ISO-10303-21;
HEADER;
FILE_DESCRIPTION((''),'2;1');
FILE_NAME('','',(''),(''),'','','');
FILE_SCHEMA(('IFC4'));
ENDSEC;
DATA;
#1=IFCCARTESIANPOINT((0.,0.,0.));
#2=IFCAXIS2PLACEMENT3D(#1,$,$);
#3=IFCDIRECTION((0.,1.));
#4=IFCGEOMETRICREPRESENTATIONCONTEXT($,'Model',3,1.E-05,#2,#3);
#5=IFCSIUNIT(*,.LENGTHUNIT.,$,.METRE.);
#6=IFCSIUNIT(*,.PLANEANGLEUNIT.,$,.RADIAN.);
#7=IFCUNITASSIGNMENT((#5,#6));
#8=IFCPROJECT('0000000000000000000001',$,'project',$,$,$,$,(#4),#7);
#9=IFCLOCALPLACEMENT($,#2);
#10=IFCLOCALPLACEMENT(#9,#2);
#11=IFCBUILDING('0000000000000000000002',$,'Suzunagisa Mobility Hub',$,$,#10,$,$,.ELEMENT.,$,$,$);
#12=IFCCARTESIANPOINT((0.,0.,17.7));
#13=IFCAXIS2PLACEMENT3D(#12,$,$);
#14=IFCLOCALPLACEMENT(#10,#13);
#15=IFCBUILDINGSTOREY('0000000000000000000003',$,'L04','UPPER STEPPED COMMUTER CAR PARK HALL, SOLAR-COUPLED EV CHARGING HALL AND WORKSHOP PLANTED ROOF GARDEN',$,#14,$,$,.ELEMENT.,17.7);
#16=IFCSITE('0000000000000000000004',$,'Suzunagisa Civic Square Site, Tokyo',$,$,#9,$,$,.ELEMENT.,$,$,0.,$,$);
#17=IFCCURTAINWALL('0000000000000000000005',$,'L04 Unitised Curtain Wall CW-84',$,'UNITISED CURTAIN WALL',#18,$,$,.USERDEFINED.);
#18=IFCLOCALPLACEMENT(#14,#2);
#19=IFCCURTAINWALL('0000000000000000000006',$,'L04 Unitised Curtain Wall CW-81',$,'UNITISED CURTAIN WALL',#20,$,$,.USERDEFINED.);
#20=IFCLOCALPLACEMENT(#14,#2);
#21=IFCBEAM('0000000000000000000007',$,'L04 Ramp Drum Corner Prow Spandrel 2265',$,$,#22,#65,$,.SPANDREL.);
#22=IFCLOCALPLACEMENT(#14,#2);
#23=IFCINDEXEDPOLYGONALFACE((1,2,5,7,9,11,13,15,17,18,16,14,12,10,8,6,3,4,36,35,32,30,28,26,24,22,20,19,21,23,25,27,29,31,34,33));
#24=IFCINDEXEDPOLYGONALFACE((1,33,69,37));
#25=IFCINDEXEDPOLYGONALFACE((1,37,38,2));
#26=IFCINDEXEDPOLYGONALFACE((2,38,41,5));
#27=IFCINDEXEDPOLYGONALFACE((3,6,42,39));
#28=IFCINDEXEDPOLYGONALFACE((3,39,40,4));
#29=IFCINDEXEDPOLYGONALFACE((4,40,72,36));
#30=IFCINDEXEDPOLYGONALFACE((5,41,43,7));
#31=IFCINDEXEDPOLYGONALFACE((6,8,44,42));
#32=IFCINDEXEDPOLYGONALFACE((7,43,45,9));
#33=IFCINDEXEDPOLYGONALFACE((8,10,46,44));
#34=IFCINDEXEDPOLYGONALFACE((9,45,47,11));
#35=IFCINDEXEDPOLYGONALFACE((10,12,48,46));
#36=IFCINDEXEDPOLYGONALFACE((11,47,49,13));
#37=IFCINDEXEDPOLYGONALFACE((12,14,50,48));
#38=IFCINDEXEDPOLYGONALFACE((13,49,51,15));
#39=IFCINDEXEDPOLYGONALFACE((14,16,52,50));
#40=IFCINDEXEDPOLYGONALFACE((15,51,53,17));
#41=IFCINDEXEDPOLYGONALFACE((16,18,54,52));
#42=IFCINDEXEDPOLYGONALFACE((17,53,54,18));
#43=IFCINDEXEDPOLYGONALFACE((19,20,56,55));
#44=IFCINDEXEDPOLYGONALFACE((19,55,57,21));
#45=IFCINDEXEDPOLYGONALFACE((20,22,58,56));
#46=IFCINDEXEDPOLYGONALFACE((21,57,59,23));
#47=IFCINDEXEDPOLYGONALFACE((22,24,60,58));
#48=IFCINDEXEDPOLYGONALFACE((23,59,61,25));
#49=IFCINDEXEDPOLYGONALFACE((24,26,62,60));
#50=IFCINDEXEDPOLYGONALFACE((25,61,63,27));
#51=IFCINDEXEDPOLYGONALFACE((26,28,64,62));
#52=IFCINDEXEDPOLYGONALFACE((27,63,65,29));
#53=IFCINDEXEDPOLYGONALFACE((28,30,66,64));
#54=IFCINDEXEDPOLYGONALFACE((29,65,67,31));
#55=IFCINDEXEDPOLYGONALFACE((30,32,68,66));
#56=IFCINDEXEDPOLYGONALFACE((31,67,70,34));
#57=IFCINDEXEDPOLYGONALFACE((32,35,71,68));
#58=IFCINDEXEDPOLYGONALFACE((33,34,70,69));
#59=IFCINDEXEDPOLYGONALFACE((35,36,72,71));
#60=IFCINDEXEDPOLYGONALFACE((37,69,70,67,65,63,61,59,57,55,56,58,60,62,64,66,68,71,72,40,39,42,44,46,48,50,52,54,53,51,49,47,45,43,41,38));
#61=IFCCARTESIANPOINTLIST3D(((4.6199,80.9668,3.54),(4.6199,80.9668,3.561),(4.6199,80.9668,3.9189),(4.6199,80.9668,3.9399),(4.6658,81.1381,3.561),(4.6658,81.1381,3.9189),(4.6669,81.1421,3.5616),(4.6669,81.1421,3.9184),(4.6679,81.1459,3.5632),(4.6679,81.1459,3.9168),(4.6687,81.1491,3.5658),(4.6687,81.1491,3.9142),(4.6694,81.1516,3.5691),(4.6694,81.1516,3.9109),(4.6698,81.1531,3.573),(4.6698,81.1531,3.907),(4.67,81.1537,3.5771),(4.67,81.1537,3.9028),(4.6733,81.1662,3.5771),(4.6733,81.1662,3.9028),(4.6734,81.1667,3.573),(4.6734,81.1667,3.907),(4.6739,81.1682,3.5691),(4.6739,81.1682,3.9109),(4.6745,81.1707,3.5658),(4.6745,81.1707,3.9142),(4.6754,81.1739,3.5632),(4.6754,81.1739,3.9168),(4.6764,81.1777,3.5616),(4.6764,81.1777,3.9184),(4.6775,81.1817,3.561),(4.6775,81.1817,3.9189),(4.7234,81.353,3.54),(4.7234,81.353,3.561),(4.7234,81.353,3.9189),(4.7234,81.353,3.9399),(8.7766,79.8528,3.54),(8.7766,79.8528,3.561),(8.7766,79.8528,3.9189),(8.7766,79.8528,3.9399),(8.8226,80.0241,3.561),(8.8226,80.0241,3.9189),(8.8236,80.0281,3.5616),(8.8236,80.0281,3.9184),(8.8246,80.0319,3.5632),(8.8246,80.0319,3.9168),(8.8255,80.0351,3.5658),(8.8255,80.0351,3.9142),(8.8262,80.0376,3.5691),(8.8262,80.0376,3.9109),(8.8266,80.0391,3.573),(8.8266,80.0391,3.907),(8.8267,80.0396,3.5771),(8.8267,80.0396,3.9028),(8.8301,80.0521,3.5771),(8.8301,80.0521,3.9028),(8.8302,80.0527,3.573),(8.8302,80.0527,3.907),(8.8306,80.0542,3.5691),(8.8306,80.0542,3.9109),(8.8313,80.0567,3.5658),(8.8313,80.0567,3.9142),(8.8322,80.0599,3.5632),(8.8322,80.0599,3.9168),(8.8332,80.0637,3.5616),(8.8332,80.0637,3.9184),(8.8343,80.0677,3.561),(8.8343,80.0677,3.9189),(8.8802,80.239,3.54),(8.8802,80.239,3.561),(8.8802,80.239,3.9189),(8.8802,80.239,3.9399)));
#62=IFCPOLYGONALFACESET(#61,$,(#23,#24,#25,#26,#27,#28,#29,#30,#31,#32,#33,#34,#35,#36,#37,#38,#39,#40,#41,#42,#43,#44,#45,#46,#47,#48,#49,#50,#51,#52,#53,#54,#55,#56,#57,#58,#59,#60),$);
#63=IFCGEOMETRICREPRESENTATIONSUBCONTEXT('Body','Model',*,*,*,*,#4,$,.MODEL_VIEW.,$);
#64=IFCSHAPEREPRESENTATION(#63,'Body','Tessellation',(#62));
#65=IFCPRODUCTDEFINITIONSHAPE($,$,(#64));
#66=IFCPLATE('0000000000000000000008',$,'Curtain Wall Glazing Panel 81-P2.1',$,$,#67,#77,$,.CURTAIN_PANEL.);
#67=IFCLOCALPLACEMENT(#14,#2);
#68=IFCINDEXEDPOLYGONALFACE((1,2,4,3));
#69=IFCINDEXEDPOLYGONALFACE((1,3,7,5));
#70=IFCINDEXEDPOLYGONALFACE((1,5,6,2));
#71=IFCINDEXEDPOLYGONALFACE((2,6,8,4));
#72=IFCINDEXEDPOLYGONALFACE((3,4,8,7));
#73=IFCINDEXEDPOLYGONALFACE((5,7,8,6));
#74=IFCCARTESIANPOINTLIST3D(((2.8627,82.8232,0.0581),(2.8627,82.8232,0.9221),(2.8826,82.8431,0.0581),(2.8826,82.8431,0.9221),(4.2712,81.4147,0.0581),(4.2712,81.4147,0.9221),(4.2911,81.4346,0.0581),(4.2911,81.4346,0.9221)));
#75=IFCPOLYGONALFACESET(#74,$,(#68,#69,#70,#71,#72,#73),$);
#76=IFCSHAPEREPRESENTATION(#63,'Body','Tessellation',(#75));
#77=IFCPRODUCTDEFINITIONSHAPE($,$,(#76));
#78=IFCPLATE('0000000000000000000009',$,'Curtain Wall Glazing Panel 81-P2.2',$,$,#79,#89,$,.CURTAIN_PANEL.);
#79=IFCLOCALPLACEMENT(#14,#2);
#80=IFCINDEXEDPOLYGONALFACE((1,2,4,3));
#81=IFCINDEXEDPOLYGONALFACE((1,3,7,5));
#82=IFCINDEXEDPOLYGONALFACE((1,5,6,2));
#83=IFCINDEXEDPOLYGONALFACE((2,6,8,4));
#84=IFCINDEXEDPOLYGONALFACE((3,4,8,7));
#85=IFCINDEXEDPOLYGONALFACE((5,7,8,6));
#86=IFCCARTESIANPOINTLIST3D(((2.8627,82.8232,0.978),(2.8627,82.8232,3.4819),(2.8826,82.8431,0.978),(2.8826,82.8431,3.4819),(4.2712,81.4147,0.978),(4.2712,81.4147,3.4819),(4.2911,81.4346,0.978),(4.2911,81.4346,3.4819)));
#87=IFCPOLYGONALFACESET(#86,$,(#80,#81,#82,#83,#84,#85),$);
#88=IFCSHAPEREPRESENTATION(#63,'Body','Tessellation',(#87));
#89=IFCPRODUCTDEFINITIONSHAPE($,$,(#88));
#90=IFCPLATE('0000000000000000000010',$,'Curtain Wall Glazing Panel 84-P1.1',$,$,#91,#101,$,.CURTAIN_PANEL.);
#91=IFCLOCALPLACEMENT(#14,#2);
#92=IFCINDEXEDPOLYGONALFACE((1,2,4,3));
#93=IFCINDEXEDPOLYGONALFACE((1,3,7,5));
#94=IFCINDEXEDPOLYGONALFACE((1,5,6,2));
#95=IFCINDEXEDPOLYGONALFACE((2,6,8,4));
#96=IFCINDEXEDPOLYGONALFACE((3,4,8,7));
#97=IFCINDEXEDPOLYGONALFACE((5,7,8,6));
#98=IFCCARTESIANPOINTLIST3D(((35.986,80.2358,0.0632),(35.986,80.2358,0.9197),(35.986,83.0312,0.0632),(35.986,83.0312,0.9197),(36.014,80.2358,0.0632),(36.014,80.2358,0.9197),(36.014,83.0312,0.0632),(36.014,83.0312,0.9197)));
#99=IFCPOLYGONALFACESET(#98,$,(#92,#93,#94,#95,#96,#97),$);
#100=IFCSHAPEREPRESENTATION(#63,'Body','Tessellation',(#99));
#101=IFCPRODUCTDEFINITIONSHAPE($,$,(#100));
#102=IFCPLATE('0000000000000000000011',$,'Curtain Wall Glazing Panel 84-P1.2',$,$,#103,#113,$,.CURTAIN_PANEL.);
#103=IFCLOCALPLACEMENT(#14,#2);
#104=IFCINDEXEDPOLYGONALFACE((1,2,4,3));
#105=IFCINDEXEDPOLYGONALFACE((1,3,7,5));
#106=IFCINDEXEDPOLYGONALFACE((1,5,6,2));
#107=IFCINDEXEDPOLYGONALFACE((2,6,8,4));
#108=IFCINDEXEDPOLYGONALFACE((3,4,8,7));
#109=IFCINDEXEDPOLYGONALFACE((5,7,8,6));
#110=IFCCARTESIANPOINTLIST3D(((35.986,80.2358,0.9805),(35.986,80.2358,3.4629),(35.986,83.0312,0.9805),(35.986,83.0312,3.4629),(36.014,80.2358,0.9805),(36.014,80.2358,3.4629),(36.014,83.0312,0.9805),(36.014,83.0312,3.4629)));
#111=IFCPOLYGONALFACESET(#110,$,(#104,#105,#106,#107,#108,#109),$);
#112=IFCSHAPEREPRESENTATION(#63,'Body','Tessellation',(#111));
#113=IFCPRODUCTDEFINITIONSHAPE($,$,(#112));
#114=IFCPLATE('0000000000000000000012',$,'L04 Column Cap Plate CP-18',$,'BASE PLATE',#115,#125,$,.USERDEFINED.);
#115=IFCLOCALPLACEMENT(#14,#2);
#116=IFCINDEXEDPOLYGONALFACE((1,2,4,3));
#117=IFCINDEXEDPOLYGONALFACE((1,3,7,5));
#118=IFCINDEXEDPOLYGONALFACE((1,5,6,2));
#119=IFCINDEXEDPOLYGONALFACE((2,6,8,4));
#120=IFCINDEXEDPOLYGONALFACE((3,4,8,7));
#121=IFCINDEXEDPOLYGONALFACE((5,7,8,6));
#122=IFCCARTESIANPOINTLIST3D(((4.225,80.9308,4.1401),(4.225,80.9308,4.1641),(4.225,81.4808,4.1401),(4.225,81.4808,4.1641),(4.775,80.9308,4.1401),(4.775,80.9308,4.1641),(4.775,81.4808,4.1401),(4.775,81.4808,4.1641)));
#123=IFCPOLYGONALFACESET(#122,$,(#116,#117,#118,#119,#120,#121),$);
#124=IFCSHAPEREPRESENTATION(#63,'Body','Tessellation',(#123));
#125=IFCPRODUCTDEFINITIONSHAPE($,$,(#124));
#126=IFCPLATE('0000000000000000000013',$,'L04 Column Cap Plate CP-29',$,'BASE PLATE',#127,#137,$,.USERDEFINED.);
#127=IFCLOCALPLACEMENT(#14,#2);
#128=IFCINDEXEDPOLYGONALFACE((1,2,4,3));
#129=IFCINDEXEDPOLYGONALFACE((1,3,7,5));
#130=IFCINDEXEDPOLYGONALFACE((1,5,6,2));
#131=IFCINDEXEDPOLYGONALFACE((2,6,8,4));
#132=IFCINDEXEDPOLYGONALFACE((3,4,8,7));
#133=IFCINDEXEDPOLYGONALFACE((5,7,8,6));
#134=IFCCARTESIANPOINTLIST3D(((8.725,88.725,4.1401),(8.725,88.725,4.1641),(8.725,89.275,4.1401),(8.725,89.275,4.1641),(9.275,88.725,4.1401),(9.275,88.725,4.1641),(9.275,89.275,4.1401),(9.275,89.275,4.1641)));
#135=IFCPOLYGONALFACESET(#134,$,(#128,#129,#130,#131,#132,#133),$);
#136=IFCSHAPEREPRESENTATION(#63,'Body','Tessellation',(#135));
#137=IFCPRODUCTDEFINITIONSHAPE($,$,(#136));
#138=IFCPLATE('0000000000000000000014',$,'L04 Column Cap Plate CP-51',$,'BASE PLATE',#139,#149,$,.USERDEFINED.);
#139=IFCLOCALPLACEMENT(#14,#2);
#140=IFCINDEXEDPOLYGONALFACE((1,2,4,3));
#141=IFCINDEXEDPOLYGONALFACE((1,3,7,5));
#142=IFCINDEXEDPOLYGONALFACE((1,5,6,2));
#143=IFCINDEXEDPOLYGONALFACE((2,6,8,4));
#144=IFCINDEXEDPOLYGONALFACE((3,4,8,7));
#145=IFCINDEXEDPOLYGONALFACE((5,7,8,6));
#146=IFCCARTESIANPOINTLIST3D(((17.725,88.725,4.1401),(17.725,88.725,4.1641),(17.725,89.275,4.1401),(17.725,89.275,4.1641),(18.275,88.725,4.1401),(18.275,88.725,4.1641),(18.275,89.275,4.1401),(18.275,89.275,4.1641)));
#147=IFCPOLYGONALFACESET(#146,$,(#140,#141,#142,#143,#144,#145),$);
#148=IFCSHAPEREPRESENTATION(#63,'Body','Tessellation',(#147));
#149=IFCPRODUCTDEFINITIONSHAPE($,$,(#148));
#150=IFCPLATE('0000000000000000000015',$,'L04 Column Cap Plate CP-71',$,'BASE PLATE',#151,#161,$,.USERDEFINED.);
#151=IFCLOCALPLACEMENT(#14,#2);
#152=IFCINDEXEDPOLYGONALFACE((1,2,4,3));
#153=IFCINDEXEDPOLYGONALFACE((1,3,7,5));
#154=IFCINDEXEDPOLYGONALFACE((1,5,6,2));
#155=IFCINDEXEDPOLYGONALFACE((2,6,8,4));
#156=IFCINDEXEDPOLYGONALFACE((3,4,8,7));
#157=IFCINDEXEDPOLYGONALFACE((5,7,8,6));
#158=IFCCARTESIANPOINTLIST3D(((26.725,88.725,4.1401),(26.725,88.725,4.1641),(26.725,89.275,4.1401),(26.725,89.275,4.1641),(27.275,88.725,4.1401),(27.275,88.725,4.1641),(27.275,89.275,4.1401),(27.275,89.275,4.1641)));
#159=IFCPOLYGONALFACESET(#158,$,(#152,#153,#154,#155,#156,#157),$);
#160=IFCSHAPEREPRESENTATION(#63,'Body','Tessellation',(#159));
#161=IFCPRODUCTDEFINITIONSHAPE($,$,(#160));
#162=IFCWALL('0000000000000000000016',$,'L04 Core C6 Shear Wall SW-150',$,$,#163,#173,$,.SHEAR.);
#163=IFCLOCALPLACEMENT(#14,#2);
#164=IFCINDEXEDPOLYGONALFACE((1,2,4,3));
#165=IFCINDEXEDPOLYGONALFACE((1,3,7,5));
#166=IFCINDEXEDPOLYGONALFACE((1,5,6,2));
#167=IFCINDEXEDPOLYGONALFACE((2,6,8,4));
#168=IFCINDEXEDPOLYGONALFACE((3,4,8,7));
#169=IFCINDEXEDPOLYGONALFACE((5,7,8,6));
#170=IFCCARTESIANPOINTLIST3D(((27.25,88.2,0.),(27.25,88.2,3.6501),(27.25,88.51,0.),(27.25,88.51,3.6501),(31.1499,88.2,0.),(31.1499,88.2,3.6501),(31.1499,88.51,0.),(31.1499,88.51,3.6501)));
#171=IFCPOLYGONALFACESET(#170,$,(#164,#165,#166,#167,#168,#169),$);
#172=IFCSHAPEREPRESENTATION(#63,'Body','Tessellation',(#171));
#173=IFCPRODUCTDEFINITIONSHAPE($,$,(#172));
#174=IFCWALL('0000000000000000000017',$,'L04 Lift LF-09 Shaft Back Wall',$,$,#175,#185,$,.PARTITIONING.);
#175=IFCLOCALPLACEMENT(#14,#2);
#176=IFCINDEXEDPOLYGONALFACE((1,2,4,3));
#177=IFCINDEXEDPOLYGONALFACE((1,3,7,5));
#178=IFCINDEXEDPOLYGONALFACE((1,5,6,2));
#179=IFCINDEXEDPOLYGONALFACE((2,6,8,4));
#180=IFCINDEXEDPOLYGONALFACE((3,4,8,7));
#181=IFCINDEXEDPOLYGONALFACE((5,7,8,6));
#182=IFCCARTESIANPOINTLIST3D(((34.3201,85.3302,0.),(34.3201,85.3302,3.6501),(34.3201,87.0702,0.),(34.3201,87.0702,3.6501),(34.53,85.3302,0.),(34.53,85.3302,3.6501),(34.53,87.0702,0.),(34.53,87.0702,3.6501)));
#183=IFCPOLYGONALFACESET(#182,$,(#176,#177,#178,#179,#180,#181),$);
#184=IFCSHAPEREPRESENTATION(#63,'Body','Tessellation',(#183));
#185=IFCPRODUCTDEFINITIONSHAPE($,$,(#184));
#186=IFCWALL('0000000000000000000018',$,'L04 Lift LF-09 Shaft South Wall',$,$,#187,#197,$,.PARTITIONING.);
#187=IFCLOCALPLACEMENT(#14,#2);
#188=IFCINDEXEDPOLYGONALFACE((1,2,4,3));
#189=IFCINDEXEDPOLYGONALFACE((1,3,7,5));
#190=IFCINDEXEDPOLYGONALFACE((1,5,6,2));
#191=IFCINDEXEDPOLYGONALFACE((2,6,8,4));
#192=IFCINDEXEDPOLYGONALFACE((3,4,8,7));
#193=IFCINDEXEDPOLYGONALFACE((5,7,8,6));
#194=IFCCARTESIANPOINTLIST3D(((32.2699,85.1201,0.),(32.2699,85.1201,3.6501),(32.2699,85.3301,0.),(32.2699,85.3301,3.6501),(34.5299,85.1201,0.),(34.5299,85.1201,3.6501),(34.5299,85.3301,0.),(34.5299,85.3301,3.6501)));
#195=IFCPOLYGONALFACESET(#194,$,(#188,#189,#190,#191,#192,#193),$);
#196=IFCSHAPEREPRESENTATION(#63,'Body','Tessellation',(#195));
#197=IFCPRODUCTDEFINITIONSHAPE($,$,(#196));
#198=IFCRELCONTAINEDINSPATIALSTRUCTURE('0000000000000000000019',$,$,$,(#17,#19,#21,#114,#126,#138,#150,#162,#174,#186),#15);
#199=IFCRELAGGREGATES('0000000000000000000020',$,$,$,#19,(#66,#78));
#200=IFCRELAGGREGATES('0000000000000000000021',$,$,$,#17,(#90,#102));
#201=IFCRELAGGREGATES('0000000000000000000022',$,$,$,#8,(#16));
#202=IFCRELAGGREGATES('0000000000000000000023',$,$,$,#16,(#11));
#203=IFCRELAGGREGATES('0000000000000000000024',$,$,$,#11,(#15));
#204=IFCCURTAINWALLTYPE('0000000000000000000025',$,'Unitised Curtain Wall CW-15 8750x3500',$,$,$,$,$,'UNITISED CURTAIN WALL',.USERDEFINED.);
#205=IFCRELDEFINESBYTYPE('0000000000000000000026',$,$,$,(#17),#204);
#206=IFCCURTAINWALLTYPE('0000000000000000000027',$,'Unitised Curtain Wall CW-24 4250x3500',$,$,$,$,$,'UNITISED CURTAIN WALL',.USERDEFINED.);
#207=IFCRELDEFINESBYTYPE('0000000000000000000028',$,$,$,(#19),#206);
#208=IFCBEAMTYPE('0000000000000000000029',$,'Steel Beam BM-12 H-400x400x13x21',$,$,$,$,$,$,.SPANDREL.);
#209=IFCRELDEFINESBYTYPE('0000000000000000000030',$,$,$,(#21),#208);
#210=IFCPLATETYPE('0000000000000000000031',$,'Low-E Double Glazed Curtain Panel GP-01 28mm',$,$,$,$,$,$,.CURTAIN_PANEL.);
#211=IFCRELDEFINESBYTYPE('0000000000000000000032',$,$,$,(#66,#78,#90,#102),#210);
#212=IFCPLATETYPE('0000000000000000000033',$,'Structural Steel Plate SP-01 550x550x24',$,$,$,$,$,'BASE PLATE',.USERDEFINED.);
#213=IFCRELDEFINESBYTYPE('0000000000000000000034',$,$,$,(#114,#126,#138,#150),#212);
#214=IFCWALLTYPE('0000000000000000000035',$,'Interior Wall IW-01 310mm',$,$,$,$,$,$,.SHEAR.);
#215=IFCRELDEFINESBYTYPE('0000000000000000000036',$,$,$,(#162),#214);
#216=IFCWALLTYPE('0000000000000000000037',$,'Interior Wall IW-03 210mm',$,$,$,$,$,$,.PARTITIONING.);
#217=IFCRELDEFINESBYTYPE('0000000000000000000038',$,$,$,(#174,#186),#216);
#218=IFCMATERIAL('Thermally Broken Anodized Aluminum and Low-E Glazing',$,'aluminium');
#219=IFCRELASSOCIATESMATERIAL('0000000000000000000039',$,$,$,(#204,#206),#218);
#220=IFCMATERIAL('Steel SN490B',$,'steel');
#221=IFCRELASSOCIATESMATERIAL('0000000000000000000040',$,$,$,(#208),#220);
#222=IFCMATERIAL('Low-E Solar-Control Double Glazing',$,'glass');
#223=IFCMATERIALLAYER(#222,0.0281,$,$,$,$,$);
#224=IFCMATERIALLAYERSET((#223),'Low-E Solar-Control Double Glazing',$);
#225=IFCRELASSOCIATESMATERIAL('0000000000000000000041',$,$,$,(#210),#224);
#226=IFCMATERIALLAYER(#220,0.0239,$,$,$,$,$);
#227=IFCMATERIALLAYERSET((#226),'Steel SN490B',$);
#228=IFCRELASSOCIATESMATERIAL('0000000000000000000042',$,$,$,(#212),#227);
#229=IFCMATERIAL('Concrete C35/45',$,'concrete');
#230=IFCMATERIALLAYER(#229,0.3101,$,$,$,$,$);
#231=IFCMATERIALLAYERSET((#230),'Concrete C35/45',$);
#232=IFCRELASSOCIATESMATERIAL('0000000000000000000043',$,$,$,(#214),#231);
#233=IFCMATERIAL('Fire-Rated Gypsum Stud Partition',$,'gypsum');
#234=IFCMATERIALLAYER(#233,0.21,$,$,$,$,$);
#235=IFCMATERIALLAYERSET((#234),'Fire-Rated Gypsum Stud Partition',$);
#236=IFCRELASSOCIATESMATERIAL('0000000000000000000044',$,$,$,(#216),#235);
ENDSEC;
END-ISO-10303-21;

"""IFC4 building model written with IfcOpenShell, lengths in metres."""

from ifc_helpers import new_model, si_unit, direction, frame, frame_2d, origin, origin_2d, place, context, subcontext, project, spatial, rectangle, i_section, extrude, material, layer, layer_set, material_profile, profile_set, type_object, element, aggregate, save


model = new_model("IFC4")

# Units and contexts
model_context = context("Model", 3, precision=1e-05, world=origin(), true_north=direction((0.0, 1.0)))
body_context = subcontext(model_context, "Body", "Model", "MODEL_VIEW")
ifc_project = project(units=[si_unit("LENGTHUNIT", "METRE"), si_unit("PLANEANGLEUNIT", "RADIAN")], contexts=[model_context])

# Site, building, storey
site_placement = place(None, origin())
site = spatial("IfcSite", under=ifc_project, at=site_placement, Name="Suzunagisa Civic Square Site, Tokyo", CompositionType="ELEMENT", RefElevation=0.0)
building_placement = place(site_placement, origin())
building = spatial("IfcBuilding", under=site, at=building_placement, Name="Suzunagisa Mobility Hub", CompositionType="ELEMENT")
storey_placement = place(building_placement, frame((0.0, 0.0, 17.7)))
storey = spatial("IfcBuildingStorey", under=building, at=storey_placement, Name="L04", Description="UPPER STEPPED COMMUTER CAR PARK HALL, SOLAR-COUPLED EV CHARGING HALL AND WORKSHOP PLANTED ROOF GARDEN", CompositionType="ELEMENT", Elevation=17.7)

# Shared definitions
ifc_material_1 = material(Name="Steel SN490B", Category="steel")

# Curtain walls
ifc_material_2 = material(Name="Thermally Broken Anodized Aluminum and Low-E Glazing", Category="aluminium")
curtain_wall_type_1 = type_object("IfcCurtainWallType", Name="Unitised Curtain Wall CW-15 8750x3500", ElementType="UNITISED CURTAIN WALL", PredefinedType="USERDEFINED", material=ifc_material_2)
curtain_wall_1_placement = place(storey_placement, origin())
curtain_wall_1 = element("IfcCurtainWall", 1, at=curtain_wall_1_placement, inside=storey, type_object=curtain_wall_type_1, Name="L04 Unitised Curtain Wall CW-84", ObjectType="UNITISED CURTAIN WALL", PredefinedType="USERDEFINED")
curtain_wall_type_2 = type_object("IfcCurtainWallType", Name="Unitised Curtain Wall CW-24 4250x3500", ElementType="UNITISED CURTAIN WALL", PredefinedType="USERDEFINED", material=ifc_material_2)
curtain_wall_2_placement = place(storey_placement, origin())
curtain_wall_2 = element("IfcCurtainWall", 2, at=curtain_wall_2_placement, inside=storey, type_object=curtain_wall_type_2, Name="L04 Unitised Curtain Wall CW-81", ObjectType="UNITISED CURTAIN WALL", PredefinedType="USERDEFINED")

# Beam
ifc_material_profile_1 = material_profile(ifc_material_1, i_section(OverallWidth=0.3999, OverallDepth=0.3999, WebThickness=0.0129, FlangeThickness=0.021, FilletRadius=0.0161, at=origin_2d()), Name="H-400x400x13x21")
ifc_profile_set_1 = profile_set([ifc_material_profile_1], Name="Steel SN490B")
beam_type = type_object("IfcBeamType", Name="Steel Beam BM-12 H-400x400x13x21", PredefinedType="SPANDREL", material=ifc_profile_set_1)
beam_placement = place(storey_placement, frame((4.6716, 81.1599, 3.74), z_axis=(0.965913, -0.258867, 0.0), x_axis=(0.258867, 0.965913, 0.0)))
element("IfcBeam", 3, at=beam_placement, inside=storey, type_object=beam_type, Name="L04 Ramp Drum Corner Prow Spandrel 2265", PredefinedType="SPANDREL", context=body_context, shape_type="SweptSolid", body=[
    extrude(i_section(OverallWidth=0.3999, OverallDepth=0.3999, WebThickness=0.0129, FlangeThickness=0.021, FilletRadius=0.0161, at=origin_2d()), origin(), (0.0, 0.0, 1.0), 4.3035),
])

# Plates
ifc_material_3 = material(Name="Low-E Solar-Control Double Glazing", Category="glass")
ifc_layer_1 = layer(ifc_material_3, 0.0281)
ifc_layer_set_1 = layer_set([ifc_layer_1], Name="Low-E Solar-Control Double Glazing")
plate_type_1 = type_object("IfcPlateType", Name="Low-E Double Glazed Curtain Panel GP-01 28mm", PredefinedType="CURTAIN_PANEL", material=ifc_layer_set_1)
plate_1_placement = place(storey_placement, frame((3.5769, 82.1289, 0.0581), z_axis=(0.0, 0.0, 1.0), x_axis=(0.707107, -0.707107, 0.0)))
plate_1 = element("IfcPlate", 4, at=plate_1_placement, type_object=plate_type_1, Name="Curtain Wall Glazing Panel 81-P2.1", PredefinedType="CURTAIN_PANEL", context=body_context, shape_type="SweptSolid", body=[
    extrude(rectangle(XDim=1.9919, YDim=0.0281, at=origin_2d()), origin(), (0.0, 0.0, 1.0), 0.864),
])
plate_2_placement = place(storey_placement, frame((3.5769, 82.1289, 0.978), z_axis=(0.0, 0.0, 1.0), x_axis=(0.707107, -0.707107, 0.0)))
plate_2 = element("IfcPlate", 5, at=plate_2_placement, type_object=plate_type_1, Name="Curtain Wall Glazing Panel 81-P2.2", PredefinedType="CURTAIN_PANEL", context=body_context, shape_type="SweptSolid", body=[
    extrude(rectangle(XDim=1.9919, YDim=0.0281, at=origin_2d()), origin(), (0.0, 0.0, 1.0), 2.5039),
])
aggregate(curtain_wall_2, [plate_1, plate_2])
plate_3_placement = place(storey_placement, frame((36.0, 81.6335, 0.0632), z_axis=(0.0, 0.0, 1.0), x_axis=(0.0, 1.0, 0.0)))
plate_3 = element("IfcPlate", 6, at=plate_3_placement, type_object=plate_type_1, Name="Curtain Wall Glazing Panel 84-P1.1", PredefinedType="CURTAIN_PANEL", context=body_context, shape_type="SweptSolid", body=[
    extrude(rectangle(XDim=2.7954, YDim=0.0281, at=origin_2d()), origin(), (0.0, 0.0, 1.0), 0.8564),
])
plate_4_placement = place(storey_placement, frame((36.0, 81.6335, 0.9805), z_axis=(0.0, 0.0, 1.0), x_axis=(0.0, 1.0, 0.0)))
plate_4 = element("IfcPlate", 7, at=plate_4_placement, type_object=plate_type_1, Name="Curtain Wall Glazing Panel 84-P1.2", PredefinedType="CURTAIN_PANEL", context=body_context, shape_type="SweptSolid", body=[
    extrude(rectangle(XDim=2.7954, YDim=0.0281, at=origin_2d()), origin(), (0.0, 0.0, 1.0), 2.4824),
])
aggregate(curtain_wall_1, [plate_3, plate_4])

# Plates
ifc_layer_2 = layer(ifc_material_1, 0.0239)
ifc_layer_set_2 = layer_set([ifc_layer_2], Name="Steel SN490B")
plate_type_2 = type_object("IfcPlateType", Name="Structural Steel Plate SP-01 550x550x24", ElementType="BASE PLATE", PredefinedType="USERDEFINED", material=ifc_layer_set_2)
for number, where, z_axis, x_axis, name in (
    (8, (4.5, 81.2058, 4.1401), (0.0, 0.0, 1.0), (1.0, 0.0, 0.0), "L04 Column Cap Plate CP-18"),
    (9, (9.0, 89.0, 4.1401), (0.0, 0.0, 1.0), (1.0, 0.0, 0.0), "L04 Column Cap Plate CP-29"),
    (10, (18.0, 89.0, 4.1401), (0.0, 0.0, 1.0), (1.0, 0.0, 0.0), "L04 Column Cap Plate CP-51"),
    (11, (27.0, 89.0, 4.1401), (0.0, 0.0, 1.0), (1.0, 0.0, 0.0), "L04 Column Cap Plate CP-71"),
):
    element("IfcPlate", number, at=place(storey_placement, frame(where, z_axis=z_axis, x_axis=x_axis)), inside=storey, type_object=plate_type_2, Name=name, ObjectType="BASE PLATE", PredefinedType="USERDEFINED", context=body_context, shape_type="SweptSolid", body=[
        extrude(rectangle(XDim=0.55, YDim=0.55, at=origin_2d()), origin(), (0.0, 0.0, 1.0), 0.0239),
    ])

# Wall
ifc_material_4 = material(Name="Concrete C35/45", Category="concrete")
ifc_layer_3 = layer(ifc_material_4, 0.3101)
ifc_layer_set_3 = layer_set([ifc_layer_3], Name="Concrete C35/45")
wall_type_1 = type_object("IfcWallType", Name="Interior Wall IW-01 310mm", PredefinedType="SHEAR", material=ifc_layer_set_3)
wall_1_placement = place(storey_placement, frame((27.25, 88.355, 0.0), z_axis=(0.0, 0.0, 1.0), x_axis=(1.0, 0.0, 0.0)))
element("IfcWall", 12, at=wall_1_placement, inside=storey, type_object=wall_type_1, Name="L04 Core C6 Shear Wall SW-150", PredefinedType="SHEAR", context=body_context, shape_type="SweptSolid", body=[
    extrude(rectangle(XDim=3.8999, YDim=0.3101, at=frame_2d((1.95, 0.0))), origin(), (0.0, 0.0, 1.0), 3.6501),
])

# Shared definitions
ifc_material_5 = material(Name="Fire-Rated Gypsum Stud Partition", Category="gypsum")
ifc_layer_4 = layer(ifc_material_5, 0.21)
ifc_layer_set_4 = layer_set([ifc_layer_4], Name="Fire-Rated Gypsum Stud Partition")
wall_type_2 = type_object("IfcWallType", Name="Interior Wall IW-03 210mm", PredefinedType="PARTITIONING", material=ifc_layer_set_4)

# Walls
wall_2_placement = place(storey_placement, frame((34.425, 85.3301, 0.0), z_axis=(0.0, 0.0, 1.0), x_axis=(0.0, 1.0, 0.0)))
element("IfcWall", 13, at=wall_2_placement, inside=storey, type_object=wall_type_2, Name="L04 Lift LF-09 Shaft Back Wall", PredefinedType="PARTITIONING", context=body_context, shape_type="SweptSolid", body=[
    extrude(rectangle(XDim=1.74, YDim=0.21, at=frame_2d((0.8701, 0.0))), origin(), (0.0, 0.0, 1.0), 3.6501),
])
for number, where, z_axis, x_axis, name in (
    (14, (32.27, 85.2251, 0.0), (0.0, 0.0, 1.0), (1.0, 0.0, 0.0), "L04 Lift LF-09 Shaft South Wall"),
):
    element("IfcWall", number, at=place(storey_placement, frame(where, z_axis=z_axis, x_axis=x_axis)), inside=storey, type_object=wall_type_2, Name=name, PredefinedType="PARTITIONING", context=body_context, shape_type="SweptSolid", body=[
        extrude(rectangle(XDim=2.26, YDim=0.21, at=frame_2d((1.1299, 0.0))), origin(), (0.0, 0.0, 1.0), 3.6501),
    ])

save(model, "model.ifc")
